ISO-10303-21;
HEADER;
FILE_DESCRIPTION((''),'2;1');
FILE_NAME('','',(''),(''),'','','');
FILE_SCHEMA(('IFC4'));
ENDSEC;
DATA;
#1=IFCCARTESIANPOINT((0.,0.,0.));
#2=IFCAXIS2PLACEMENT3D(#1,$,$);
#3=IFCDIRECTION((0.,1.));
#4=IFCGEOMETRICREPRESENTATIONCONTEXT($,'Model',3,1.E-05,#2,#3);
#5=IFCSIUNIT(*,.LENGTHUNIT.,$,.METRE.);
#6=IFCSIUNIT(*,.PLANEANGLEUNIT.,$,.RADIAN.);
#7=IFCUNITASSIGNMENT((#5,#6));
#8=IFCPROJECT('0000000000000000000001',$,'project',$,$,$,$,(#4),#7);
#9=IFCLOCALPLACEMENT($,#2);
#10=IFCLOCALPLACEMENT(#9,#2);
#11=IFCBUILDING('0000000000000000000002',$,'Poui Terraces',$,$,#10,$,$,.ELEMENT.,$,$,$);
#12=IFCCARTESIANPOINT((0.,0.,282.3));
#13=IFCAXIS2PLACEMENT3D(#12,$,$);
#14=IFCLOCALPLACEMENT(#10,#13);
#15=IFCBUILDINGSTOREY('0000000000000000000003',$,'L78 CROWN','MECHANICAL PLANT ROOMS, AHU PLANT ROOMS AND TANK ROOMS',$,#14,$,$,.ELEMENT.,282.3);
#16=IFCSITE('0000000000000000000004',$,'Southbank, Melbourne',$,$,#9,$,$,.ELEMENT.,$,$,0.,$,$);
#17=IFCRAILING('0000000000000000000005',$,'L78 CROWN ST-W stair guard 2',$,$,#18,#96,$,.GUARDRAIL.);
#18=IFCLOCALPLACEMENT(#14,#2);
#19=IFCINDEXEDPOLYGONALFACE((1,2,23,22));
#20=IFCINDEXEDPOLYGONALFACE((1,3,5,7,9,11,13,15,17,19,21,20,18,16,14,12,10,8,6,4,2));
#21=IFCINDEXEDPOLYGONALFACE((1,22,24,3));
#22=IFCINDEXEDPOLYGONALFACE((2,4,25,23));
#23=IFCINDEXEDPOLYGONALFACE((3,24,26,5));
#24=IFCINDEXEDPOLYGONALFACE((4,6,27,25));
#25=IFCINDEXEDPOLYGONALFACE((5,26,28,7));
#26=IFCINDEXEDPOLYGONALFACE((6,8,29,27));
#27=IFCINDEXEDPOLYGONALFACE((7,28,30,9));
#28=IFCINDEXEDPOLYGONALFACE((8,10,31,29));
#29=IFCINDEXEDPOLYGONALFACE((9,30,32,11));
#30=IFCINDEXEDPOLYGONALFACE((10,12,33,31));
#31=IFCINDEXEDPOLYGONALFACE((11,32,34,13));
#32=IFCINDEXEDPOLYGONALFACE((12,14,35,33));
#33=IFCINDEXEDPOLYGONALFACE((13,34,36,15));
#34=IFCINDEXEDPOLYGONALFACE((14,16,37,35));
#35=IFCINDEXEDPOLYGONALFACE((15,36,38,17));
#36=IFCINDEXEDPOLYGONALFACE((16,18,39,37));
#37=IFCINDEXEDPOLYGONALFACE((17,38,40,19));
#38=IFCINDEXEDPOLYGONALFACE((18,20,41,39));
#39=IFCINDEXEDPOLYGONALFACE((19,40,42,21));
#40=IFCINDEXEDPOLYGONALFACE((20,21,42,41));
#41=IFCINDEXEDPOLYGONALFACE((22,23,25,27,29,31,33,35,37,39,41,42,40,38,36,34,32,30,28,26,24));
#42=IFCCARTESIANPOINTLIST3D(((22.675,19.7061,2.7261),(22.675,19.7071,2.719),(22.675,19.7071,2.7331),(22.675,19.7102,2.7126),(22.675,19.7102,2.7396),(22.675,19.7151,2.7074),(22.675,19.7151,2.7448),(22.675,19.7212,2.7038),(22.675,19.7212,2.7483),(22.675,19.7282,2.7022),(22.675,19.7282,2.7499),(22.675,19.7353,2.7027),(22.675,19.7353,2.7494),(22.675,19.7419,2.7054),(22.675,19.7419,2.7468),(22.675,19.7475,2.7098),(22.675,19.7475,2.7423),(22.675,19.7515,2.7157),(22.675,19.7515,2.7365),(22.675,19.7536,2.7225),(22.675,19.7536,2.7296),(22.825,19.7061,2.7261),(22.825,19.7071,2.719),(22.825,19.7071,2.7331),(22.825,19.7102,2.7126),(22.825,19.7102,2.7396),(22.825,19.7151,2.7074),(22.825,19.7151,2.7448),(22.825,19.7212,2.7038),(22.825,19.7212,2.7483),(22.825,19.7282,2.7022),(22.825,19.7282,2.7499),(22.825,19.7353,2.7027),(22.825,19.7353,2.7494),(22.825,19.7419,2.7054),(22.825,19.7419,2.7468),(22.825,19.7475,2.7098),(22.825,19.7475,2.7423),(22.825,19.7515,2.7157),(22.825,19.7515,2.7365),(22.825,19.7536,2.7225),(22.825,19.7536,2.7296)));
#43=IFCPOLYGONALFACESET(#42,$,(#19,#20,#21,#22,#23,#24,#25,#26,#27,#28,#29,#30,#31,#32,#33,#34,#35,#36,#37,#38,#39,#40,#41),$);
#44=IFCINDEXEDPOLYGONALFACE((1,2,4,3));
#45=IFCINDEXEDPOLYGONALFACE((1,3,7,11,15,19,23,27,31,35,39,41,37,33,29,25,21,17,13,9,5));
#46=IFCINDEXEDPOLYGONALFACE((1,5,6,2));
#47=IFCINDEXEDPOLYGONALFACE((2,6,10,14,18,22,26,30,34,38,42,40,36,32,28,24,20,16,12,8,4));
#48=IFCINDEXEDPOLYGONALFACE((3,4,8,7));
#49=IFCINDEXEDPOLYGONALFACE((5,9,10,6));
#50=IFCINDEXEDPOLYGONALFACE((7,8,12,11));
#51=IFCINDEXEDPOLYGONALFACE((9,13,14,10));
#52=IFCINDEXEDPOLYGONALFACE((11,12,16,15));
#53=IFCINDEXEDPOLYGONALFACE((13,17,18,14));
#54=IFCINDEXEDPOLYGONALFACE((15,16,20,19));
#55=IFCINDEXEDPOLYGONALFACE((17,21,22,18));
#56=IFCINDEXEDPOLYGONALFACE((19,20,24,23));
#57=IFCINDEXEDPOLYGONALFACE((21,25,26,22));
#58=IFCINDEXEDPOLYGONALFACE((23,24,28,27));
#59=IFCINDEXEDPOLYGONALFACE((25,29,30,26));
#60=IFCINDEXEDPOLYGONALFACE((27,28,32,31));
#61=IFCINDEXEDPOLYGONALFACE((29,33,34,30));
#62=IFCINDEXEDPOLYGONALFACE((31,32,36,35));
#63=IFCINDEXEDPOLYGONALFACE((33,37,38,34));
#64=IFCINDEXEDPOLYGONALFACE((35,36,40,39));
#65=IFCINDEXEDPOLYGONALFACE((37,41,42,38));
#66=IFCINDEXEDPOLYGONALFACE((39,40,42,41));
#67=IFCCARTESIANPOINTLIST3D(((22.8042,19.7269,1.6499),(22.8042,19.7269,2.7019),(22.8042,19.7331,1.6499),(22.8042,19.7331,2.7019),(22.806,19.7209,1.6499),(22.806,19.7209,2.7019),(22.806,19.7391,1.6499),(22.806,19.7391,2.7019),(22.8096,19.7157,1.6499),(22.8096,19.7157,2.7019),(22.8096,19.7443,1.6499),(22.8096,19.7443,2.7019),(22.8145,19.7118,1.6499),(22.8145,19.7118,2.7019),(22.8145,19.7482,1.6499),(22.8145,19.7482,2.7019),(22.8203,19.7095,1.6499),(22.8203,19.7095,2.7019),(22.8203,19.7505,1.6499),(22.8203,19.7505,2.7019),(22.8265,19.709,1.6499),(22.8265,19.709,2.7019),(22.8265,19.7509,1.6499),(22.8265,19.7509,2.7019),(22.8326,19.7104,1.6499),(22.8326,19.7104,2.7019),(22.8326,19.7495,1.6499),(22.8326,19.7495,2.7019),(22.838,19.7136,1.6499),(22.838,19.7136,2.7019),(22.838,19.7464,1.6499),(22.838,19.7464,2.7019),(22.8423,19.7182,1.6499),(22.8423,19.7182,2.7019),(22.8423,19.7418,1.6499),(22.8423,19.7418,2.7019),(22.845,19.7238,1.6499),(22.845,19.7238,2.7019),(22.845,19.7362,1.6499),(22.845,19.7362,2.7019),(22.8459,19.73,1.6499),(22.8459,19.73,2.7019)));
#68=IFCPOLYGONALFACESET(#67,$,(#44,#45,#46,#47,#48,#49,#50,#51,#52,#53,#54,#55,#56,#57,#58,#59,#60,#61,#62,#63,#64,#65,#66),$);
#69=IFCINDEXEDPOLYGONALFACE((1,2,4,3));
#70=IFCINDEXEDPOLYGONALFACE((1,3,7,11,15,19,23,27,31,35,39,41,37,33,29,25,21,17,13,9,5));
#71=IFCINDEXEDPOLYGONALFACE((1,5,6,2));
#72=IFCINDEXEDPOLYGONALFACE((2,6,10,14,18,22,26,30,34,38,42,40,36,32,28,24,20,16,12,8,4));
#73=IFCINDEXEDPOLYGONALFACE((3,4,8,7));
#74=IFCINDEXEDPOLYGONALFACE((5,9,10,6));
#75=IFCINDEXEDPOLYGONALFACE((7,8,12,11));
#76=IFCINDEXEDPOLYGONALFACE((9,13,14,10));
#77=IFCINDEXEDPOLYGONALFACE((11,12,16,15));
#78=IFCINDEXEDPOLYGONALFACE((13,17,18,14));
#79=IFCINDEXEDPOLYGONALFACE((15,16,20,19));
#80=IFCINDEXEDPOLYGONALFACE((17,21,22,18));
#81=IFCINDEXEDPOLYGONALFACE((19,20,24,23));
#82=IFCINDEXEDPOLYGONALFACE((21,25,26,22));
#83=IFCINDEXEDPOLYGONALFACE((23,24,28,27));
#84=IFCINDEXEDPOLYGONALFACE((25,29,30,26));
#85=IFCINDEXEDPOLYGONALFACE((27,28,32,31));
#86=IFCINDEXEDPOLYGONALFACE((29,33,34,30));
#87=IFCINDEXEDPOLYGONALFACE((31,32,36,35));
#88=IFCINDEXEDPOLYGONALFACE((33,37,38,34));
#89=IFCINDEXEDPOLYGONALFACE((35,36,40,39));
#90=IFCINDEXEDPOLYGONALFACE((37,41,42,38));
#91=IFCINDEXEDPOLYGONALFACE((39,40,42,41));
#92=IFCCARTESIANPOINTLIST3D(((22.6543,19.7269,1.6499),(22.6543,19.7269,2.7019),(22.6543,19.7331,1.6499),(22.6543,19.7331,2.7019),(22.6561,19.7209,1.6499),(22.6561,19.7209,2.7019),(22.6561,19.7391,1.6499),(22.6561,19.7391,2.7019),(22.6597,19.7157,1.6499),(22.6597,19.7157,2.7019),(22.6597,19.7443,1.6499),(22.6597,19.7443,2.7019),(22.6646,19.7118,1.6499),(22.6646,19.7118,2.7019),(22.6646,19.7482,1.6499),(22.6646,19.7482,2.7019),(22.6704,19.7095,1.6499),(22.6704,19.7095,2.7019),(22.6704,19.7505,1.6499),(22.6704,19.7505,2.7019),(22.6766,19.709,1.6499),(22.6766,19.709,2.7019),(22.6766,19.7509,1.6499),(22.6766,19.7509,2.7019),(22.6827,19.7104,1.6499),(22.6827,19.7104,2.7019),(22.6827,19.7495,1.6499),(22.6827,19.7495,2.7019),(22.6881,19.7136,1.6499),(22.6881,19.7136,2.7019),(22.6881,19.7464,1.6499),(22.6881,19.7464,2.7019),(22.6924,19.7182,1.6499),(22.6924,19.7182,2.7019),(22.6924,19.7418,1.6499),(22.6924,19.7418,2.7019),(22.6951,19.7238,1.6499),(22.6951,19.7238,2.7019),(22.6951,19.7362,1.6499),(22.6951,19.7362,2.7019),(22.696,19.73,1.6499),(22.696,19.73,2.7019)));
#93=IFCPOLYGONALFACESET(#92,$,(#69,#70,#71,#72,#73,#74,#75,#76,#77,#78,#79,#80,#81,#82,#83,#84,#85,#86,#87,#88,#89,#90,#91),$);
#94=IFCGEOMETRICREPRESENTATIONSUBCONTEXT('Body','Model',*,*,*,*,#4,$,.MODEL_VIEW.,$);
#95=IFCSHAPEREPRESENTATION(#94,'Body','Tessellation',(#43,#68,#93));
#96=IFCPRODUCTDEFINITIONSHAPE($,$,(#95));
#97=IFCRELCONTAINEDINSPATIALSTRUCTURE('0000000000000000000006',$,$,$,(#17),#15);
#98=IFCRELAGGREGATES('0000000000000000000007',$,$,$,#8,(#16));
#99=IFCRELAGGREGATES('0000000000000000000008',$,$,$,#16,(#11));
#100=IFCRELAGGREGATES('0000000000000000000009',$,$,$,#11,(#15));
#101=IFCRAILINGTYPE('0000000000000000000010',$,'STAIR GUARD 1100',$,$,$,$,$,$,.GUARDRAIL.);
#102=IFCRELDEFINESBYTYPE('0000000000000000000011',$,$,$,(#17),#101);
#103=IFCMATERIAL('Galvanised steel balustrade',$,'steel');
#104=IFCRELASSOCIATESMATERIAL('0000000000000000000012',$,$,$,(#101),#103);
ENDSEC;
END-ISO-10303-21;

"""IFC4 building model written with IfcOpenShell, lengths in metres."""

from ifc_helpers import new_model, si_unit, direction, frame, origin, origin_2d, place, context, subcontext, project, spatial, circle, extrude, material, type_object, element, save


model = new_model("IFC4")

# Units and contexts
model_context = context("Model", 3, precision=1e-05, world=origin(), true_north=direction((0.0, 1.0)))
body_context = subcontext(model_context, "Body", "Model", "MODEL_VIEW")
ifc_project = project(units=[si_unit("LENGTHUNIT", "METRE"), si_unit("PLANEANGLEUNIT", "RADIAN")], contexts=[model_context])

# Site, building, storey
site_placement = place(None, origin())
site = spatial("IfcSite", under=ifc_project, at=site_placement, Name="Southbank, Melbourne", CompositionType="ELEMENT", RefElevation=0.0)
building_placement = place(site_placement, origin())
building = spatial("IfcBuilding", under=site, at=building_placement, Name="Poui Terraces", CompositionType="ELEMENT")
storey_placement = place(building_placement, frame((0.0, 0.0, 282.3)))
storey = spatial("IfcBuildingStorey", under=building, at=storey_placement, Name="L78 CROWN", Description="MECHANICAL PLANT ROOMS, AHU PLANT ROOMS AND TANK ROOMS", CompositionType="ELEMENT", Elevation=282.3)

# Railing
ifc_material_1 = material(Name="Galvanised steel balustrade", Category="steel")
railing_type_1 = type_object("IfcRailingType", Name="STAIR GUARD 1100", PredefinedType="GUARDRAIL", material=ifc_material_1)
railing_1_placement = place(storey_placement, frame((22.825, 19.73, 1.6499)))
element("IfcRailing", 1, at=railing_1_placement, inside=storey, type_object=railing_type_1, Name="L78 CROWN ST-W stair guard 2", PredefinedType="GUARDRAIL", context=body_context, shape_type="SweptSolid", body=[
    extrude(circle(Radius=0.0239, at=origin_2d()), frame((0.0, 0.0, 1.0762), z_axis=(-1.0, 0.0, 0.0), x_axis=(0.0, -1.0, 0.0)), (0.0, 0.0, 1.0), 0.1499),
    extrude(circle(Radius=0.021, at=origin_2d()), origin(), (0.0, 0.0, 1.0), 1.052),
    extrude(circle(Radius=0.021, at=origin_2d()), frame((-0.1499, 0.0, 0.0)), (0.0, 0.0, 1.0), 1.052),
])

save(model, "model.ifc")
